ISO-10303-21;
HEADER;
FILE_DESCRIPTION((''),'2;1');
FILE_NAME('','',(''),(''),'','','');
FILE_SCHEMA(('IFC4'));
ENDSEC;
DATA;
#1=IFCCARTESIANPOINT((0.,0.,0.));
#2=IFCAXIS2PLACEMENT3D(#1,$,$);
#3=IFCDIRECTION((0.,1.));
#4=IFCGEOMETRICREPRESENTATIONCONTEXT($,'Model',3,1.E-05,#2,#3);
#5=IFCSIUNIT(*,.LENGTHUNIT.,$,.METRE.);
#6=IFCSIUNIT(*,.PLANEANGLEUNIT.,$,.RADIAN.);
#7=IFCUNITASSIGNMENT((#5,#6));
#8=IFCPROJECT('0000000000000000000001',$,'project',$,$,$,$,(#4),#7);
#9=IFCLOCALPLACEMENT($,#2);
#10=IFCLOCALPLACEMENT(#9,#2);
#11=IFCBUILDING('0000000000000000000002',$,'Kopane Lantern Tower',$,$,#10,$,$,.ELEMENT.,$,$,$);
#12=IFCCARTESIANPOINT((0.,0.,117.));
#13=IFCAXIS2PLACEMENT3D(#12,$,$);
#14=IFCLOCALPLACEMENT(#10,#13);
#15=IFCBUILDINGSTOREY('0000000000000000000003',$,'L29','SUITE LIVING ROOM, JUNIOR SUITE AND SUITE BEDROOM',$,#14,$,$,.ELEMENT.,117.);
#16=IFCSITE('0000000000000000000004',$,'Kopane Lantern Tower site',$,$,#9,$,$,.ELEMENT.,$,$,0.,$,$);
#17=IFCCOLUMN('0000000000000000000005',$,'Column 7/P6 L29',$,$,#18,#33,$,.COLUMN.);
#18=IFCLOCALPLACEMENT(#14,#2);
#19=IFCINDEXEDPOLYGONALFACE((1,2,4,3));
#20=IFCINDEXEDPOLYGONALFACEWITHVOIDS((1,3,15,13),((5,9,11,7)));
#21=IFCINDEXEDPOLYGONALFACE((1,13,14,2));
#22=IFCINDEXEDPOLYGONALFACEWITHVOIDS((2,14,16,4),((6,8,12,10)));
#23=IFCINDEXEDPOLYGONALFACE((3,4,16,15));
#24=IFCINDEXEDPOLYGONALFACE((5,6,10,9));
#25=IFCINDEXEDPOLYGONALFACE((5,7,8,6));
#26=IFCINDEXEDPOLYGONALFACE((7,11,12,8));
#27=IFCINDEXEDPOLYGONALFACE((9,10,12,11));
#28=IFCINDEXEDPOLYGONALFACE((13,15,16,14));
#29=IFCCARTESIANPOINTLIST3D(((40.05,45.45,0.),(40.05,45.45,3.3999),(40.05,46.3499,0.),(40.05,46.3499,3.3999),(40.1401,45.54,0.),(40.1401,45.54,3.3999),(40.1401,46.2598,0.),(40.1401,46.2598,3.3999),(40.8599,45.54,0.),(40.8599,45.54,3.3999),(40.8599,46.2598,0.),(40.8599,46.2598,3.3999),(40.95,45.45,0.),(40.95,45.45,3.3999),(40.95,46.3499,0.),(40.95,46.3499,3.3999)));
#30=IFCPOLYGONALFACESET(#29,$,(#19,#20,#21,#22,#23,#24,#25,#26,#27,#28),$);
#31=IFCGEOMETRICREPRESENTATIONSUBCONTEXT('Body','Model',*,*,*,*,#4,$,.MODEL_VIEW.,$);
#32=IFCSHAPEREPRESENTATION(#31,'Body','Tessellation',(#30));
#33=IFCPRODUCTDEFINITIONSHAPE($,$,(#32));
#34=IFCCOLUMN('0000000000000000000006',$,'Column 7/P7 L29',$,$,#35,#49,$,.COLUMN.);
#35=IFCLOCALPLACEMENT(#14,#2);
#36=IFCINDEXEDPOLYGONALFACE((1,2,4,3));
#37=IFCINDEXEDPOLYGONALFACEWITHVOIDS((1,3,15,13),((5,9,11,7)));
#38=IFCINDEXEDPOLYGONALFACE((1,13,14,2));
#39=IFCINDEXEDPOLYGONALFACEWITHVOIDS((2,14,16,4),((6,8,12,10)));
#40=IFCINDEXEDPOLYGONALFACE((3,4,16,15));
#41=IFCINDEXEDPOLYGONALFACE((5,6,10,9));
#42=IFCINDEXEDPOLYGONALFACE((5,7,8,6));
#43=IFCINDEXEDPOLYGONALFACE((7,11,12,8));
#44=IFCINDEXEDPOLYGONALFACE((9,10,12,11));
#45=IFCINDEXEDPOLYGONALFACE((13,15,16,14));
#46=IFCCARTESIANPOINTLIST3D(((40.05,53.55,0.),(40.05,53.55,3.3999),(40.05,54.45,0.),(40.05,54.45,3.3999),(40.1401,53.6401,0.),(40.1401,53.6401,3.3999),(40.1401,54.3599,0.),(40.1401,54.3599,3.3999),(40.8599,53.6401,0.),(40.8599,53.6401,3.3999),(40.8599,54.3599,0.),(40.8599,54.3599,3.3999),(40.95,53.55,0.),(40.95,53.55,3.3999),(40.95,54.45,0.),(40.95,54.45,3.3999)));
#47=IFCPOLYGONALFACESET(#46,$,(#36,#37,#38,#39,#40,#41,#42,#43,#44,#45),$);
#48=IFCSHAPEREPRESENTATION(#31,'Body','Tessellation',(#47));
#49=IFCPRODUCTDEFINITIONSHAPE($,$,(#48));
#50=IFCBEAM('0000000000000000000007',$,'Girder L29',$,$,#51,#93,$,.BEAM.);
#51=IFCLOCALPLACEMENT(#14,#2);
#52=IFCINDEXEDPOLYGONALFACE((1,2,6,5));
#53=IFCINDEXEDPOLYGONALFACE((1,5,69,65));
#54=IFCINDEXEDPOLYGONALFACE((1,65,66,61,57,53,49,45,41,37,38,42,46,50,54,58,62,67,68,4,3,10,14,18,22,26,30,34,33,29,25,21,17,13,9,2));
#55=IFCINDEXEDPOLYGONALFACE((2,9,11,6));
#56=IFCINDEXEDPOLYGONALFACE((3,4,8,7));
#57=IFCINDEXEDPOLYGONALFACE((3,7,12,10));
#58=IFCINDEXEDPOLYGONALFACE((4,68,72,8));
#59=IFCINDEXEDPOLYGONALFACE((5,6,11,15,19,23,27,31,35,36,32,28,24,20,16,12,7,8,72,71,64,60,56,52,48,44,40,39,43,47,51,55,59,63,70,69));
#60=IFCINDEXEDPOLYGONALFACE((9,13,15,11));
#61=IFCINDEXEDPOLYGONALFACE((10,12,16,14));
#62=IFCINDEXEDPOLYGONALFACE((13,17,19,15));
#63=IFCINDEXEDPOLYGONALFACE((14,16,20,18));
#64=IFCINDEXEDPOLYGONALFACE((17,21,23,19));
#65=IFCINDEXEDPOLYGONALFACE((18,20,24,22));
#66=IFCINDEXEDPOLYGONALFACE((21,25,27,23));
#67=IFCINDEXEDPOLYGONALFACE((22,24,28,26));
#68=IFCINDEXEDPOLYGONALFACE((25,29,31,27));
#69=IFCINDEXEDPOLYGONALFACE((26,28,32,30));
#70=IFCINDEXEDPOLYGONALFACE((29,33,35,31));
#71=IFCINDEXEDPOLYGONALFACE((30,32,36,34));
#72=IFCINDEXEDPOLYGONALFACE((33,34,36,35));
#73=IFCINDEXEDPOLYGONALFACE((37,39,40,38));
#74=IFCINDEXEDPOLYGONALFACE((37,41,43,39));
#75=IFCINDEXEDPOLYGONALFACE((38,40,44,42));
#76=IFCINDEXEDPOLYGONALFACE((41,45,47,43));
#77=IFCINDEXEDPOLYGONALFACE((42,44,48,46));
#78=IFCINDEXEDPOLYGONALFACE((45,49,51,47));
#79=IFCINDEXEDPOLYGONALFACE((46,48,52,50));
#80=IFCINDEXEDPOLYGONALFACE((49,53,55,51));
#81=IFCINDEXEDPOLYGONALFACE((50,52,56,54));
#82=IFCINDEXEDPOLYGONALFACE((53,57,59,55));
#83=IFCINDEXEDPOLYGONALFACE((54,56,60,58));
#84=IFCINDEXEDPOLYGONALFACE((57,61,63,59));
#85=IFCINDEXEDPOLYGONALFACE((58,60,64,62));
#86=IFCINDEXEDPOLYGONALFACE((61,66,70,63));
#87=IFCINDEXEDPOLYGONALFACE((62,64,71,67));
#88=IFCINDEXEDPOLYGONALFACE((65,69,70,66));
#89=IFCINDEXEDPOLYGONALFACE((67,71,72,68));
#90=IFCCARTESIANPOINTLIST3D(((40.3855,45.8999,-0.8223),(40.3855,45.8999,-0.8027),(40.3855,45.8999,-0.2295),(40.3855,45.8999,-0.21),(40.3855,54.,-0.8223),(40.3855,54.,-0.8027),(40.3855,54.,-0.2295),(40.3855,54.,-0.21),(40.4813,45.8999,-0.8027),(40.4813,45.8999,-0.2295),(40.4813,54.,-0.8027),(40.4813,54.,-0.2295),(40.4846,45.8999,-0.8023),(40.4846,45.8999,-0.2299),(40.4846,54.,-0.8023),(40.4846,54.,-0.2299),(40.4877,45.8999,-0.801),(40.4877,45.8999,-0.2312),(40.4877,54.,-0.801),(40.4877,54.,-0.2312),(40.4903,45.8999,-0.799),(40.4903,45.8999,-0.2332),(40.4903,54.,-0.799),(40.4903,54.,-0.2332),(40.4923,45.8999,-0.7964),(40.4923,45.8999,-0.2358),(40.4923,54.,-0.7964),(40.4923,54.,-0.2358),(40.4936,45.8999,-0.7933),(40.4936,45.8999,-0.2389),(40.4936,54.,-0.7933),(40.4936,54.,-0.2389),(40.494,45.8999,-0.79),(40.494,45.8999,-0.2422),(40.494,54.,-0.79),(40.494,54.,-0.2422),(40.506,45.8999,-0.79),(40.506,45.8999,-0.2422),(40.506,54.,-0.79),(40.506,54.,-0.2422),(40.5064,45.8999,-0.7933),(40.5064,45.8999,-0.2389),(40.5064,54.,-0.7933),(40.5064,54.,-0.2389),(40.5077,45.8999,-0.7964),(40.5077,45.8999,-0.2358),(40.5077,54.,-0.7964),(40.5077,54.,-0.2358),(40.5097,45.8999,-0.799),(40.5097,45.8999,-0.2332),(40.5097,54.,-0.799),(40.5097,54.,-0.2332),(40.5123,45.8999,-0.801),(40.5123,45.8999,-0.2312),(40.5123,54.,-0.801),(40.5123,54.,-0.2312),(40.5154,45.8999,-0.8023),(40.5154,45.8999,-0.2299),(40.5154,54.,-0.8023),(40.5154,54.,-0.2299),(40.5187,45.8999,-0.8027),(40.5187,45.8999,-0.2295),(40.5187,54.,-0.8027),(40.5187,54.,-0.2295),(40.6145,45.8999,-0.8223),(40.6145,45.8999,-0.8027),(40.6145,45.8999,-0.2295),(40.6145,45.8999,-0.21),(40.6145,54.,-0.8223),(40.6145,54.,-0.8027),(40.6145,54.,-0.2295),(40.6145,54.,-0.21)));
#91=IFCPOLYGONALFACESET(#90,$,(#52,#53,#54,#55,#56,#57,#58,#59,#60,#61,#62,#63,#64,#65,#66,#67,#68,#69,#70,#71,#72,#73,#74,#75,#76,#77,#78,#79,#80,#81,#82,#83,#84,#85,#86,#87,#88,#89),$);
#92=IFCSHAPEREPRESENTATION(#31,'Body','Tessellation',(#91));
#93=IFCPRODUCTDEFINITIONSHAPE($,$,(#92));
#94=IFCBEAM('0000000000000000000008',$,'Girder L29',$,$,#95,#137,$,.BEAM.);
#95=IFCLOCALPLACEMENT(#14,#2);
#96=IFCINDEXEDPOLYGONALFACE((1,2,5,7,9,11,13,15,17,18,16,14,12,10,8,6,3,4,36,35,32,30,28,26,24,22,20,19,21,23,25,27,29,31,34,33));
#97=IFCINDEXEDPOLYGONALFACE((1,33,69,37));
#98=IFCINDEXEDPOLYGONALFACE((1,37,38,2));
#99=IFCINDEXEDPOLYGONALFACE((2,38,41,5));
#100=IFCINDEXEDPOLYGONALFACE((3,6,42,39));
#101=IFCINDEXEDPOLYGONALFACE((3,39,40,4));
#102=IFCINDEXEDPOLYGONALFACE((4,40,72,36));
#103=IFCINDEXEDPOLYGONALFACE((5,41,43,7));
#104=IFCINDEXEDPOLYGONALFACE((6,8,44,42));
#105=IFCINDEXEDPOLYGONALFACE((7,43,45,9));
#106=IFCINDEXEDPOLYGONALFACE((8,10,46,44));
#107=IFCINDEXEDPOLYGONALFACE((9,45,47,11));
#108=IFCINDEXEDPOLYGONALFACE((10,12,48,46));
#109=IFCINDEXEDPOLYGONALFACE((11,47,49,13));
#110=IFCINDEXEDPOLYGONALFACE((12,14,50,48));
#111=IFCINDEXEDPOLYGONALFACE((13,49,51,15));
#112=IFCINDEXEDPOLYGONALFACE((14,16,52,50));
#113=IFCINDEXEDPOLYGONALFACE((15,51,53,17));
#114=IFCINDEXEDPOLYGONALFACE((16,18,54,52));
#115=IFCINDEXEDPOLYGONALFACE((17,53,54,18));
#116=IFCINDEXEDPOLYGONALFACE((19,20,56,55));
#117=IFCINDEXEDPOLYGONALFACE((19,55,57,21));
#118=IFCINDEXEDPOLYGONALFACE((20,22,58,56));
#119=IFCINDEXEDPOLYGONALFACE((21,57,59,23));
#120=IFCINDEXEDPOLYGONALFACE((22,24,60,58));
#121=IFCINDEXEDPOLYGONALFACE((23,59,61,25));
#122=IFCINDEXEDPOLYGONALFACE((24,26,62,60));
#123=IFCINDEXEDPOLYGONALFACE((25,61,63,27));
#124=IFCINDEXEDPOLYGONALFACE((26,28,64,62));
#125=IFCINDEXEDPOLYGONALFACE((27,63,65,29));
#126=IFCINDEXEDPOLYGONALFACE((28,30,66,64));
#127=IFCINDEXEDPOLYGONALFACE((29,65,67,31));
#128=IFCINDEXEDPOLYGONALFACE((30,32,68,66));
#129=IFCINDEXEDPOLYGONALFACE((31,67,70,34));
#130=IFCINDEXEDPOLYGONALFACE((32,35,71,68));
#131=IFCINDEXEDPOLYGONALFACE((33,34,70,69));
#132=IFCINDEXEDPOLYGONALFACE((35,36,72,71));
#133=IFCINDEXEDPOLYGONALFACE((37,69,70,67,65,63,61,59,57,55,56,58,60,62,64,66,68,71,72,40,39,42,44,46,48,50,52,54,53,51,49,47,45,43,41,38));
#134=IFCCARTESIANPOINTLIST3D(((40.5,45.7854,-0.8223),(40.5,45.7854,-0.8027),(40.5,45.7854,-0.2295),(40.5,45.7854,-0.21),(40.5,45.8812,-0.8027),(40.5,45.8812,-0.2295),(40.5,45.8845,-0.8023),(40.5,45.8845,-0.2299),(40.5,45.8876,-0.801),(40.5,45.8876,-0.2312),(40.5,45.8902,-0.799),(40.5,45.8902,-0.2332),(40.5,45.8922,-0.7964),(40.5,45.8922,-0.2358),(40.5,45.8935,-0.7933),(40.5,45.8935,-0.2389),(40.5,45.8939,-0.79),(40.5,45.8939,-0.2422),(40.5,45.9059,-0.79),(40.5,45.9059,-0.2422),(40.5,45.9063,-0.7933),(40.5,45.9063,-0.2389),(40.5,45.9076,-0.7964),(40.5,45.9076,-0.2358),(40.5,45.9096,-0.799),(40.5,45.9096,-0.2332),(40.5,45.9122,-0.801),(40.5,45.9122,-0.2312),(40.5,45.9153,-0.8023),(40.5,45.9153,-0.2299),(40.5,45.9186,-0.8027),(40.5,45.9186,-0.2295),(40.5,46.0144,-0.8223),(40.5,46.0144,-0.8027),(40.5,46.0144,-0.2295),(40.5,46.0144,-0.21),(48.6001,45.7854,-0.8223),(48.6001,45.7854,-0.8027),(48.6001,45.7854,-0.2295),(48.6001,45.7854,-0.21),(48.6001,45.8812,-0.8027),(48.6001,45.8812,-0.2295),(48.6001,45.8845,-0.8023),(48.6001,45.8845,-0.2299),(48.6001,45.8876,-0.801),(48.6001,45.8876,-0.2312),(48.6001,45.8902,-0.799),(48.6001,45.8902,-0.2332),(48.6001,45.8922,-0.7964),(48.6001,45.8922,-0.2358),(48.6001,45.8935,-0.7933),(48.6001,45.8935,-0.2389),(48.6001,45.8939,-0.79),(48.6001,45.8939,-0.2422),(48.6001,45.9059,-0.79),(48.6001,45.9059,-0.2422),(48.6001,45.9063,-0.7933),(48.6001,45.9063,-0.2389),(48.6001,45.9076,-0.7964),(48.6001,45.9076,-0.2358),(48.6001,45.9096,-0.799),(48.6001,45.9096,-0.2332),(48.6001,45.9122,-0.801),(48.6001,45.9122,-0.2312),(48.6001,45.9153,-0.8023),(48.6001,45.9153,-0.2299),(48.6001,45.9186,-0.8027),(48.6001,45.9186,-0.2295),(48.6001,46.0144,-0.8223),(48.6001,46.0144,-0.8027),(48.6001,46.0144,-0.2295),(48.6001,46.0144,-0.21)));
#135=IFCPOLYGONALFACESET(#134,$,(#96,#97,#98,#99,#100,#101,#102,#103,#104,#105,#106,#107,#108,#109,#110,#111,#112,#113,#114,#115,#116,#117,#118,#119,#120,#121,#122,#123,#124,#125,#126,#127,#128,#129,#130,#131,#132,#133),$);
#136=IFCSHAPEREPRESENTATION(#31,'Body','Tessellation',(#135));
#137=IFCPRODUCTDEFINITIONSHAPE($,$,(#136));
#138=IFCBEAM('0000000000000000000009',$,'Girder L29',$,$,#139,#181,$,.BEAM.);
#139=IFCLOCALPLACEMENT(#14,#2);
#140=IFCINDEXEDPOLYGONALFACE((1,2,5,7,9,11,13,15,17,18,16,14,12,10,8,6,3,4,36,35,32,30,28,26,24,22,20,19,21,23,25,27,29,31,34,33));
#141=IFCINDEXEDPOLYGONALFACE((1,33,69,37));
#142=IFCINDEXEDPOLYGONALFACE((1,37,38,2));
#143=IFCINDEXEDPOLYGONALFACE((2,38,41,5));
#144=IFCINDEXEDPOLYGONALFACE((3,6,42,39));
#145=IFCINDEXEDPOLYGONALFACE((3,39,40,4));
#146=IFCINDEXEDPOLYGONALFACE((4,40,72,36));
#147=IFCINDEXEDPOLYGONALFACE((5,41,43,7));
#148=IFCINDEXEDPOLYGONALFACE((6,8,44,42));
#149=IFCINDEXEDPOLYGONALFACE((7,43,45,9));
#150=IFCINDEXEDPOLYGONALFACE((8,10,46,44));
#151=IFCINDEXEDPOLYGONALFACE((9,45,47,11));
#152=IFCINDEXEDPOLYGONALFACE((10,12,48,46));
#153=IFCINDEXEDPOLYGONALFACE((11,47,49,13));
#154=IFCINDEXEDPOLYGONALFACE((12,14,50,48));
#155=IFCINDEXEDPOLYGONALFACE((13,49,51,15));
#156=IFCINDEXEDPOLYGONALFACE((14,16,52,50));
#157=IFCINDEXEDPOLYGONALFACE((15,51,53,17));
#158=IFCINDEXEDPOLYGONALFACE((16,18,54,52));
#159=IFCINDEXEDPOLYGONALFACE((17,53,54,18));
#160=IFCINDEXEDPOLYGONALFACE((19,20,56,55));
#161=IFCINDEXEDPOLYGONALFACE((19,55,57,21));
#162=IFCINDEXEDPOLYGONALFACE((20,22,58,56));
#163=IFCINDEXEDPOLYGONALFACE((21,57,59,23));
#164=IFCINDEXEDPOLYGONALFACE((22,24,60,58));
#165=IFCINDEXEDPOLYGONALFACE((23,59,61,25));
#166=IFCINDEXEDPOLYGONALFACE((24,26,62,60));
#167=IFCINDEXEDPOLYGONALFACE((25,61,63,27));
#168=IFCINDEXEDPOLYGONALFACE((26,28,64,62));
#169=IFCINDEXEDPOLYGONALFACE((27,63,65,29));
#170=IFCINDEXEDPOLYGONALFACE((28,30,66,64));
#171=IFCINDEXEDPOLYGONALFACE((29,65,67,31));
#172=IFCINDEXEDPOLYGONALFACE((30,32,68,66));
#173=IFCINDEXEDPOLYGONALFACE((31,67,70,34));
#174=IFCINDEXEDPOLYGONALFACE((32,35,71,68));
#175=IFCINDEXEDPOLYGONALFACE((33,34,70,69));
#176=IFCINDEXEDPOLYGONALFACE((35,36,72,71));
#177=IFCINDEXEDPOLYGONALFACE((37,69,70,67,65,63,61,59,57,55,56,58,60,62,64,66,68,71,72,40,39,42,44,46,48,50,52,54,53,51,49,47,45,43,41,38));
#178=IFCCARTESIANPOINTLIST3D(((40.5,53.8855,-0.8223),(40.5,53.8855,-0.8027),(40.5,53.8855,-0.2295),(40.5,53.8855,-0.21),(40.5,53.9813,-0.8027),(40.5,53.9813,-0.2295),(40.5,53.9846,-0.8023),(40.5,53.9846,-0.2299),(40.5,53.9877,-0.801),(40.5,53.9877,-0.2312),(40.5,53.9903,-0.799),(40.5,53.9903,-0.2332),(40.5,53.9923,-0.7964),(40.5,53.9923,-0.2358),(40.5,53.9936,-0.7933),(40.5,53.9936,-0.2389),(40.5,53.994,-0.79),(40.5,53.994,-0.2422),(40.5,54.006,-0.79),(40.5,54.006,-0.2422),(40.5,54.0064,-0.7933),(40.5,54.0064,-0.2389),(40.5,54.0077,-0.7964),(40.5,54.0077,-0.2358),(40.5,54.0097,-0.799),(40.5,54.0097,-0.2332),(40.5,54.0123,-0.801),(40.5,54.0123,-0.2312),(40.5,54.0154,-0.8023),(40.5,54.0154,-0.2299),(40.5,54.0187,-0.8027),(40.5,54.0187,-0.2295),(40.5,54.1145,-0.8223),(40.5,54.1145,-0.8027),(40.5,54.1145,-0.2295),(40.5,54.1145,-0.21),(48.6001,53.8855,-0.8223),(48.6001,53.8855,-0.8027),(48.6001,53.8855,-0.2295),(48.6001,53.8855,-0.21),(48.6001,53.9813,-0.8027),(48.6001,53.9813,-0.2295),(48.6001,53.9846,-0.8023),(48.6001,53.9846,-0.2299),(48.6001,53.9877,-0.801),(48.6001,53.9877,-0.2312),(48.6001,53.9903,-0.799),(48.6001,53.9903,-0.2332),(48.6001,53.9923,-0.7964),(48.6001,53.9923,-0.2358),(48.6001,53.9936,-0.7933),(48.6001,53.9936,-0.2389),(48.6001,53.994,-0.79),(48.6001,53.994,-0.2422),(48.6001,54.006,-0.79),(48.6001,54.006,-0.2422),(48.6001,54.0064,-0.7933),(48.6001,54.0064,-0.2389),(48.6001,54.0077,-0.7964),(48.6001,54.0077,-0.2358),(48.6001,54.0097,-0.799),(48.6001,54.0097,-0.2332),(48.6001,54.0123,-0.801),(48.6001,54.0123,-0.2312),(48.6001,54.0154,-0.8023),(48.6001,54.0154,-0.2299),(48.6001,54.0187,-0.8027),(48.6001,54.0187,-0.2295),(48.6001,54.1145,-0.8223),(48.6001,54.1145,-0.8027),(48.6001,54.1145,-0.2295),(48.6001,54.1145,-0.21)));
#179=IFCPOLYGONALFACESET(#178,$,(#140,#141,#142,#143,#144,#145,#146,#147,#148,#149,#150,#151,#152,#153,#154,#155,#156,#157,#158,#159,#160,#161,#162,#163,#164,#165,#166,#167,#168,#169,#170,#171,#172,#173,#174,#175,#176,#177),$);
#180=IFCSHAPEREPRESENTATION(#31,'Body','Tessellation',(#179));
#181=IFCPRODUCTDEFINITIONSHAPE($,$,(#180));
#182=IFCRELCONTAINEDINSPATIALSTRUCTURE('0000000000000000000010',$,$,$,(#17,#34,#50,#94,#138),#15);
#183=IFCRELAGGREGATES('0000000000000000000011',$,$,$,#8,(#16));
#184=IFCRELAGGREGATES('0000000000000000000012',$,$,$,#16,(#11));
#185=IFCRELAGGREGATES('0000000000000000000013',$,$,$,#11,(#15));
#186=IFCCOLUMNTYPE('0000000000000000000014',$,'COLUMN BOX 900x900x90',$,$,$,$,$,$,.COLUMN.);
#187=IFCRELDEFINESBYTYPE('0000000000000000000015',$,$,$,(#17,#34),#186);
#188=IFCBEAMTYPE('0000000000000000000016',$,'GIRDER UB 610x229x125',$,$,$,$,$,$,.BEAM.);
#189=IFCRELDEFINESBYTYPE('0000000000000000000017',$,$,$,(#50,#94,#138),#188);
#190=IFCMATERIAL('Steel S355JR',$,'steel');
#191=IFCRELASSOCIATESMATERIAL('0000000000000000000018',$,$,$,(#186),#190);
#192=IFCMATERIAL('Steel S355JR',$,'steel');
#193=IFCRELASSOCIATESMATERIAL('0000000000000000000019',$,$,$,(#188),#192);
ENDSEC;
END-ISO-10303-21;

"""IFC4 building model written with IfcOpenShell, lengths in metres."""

from ifc_helpers import new_model, si_unit, direction, frame, origin, origin_2d, place, context, subcontext, project, spatial, hollow_rectangle, i_section, extrude, material, material_profile, profile_set, type_object, element, save


model = new_model("IFC4")

# Units and contexts
model_context = context("Model", 3, precision=1e-05, world=origin(), true_north=direction((0.0, 1.0)))
body_context = subcontext(model_context, "Body", "Model", "MODEL_VIEW")
ifc_project = project(units=[si_unit("LENGTHUNIT", "METRE"), si_unit("PLANEANGLEUNIT", "RADIAN")], contexts=[model_context])

# Site, building, storey
site_placement = place(None, origin())
site = spatial("IfcSite", under=ifc_project, at=site_placement, Name="Kopane Lantern Tower site", CompositionType="ELEMENT", RefElevation=0.0)
building_placement = place(site_placement, origin())
building = spatial("IfcBuilding", under=site, at=building_placement, Name="Kopane Lantern Tower", CompositionType="ELEMENT")
storey_placement = place(building_placement, frame((0.0, 0.0, 117.0)))
storey = spatial("IfcBuildingStorey", under=building, at=storey_placement, Name="L29", Description="SUITE LIVING ROOM, JUNIOR SUITE AND SUITE BEDROOM", CompositionType="ELEMENT", Elevation=117.0)

# Columns
ifc_material_1 = material(Name="Steel S355JR", Category="steel")
ifc_material_profile_1 = material_profile(ifc_material_1, hollow_rectangle(XDim=0.8999, YDim=0.8999, WallThickness=0.0901, at=origin_2d()), Name="BOX 900x900x90")
ifc_profile_set_1 = profile_set([ifc_material_profile_1], Name="Steel S355JR")
column_type = type_object("IfcColumnType", Name="COLUMN BOX 900x900x90", PredefinedType="COLUMN", material=ifc_profile_set_1)
for number, where, z_axis, x_axis, name in (
    (1, (40.5, 45.8999, 0.0), (0.0, 0.0, 1.0), (1.0, 0.0, 0.0), "Column 7/P6 L29"),
    (2, (40.5, 54.0, 0.0), (0.0, 0.0, 1.0), (1.0, 0.0, 0.0), "Column 7/P7 L29"),
):
    element("IfcColumn", number, at=place(storey_placement, frame(where, z_axis=z_axis, x_axis=x_axis)), inside=storey, type_object=column_type, Name=name, PredefinedType="COLUMN", context=body_context, shape_type="SweptSolid", body=[
        extrude(hollow_rectangle(XDim=0.8999, YDim=0.8999, WallThickness=0.0901, at=origin_2d()), origin(), (0.0, 0.0, 1.0), 3.3999),
    ])

# Beams
ifc_material_2 = material(Name="Steel S355JR", Category="steel")
ifc_material_profile_2 = material_profile(ifc_material_2, i_section(OverallWidth=0.229, OverallDepth=0.6123, WebThickness=0.012, FlangeThickness=0.0195, FilletRadius=0.0127, at=origin_2d()), Name="UB 610x229x125")
ifc_profile_set_2 = profile_set([ifc_material_profile_2], Name="Steel S355JR")
beam_type = type_object("IfcBeamType", Name="GIRDER UB 610x229x125", PredefinedType="BEAM", material=ifc_profile_set_2)
for number, where, z_axis, x_axis, name in (
    (3, (40.5, 45.8999, -0.5161), (0.0, 1.0, 0.0), (-1.0, 0.0, 0.0), "Girder L29"),
    (4, (40.5, 45.8999, -0.5161), (1.0, 0.0, 0.0), (0.0, 1.0, 0.0), "Girder L29"),
    (5, (40.5, 54.0, -0.5161), (1.0, 0.0, 0.0), (0.0, 1.0, 0.0), "Girder L29"),
):
    element("IfcBeam", number, at=place(storey_placement, frame(where, z_axis=z_axis, x_axis=x_axis)), inside=storey, type_object=beam_type, Name=name, PredefinedType="BEAM", context=body_context, shape_type="SweptSolid", body=[
        extrude(i_section(OverallWidth=0.229, OverallDepth=0.6123, WebThickness=0.012, FlangeThickness=0.0195, FilletRadius=0.0127, at=origin_2d()), origin(), (0.0, 0.0, 1.0), 8.1001),
    ])

save(model, "model.ifc")
